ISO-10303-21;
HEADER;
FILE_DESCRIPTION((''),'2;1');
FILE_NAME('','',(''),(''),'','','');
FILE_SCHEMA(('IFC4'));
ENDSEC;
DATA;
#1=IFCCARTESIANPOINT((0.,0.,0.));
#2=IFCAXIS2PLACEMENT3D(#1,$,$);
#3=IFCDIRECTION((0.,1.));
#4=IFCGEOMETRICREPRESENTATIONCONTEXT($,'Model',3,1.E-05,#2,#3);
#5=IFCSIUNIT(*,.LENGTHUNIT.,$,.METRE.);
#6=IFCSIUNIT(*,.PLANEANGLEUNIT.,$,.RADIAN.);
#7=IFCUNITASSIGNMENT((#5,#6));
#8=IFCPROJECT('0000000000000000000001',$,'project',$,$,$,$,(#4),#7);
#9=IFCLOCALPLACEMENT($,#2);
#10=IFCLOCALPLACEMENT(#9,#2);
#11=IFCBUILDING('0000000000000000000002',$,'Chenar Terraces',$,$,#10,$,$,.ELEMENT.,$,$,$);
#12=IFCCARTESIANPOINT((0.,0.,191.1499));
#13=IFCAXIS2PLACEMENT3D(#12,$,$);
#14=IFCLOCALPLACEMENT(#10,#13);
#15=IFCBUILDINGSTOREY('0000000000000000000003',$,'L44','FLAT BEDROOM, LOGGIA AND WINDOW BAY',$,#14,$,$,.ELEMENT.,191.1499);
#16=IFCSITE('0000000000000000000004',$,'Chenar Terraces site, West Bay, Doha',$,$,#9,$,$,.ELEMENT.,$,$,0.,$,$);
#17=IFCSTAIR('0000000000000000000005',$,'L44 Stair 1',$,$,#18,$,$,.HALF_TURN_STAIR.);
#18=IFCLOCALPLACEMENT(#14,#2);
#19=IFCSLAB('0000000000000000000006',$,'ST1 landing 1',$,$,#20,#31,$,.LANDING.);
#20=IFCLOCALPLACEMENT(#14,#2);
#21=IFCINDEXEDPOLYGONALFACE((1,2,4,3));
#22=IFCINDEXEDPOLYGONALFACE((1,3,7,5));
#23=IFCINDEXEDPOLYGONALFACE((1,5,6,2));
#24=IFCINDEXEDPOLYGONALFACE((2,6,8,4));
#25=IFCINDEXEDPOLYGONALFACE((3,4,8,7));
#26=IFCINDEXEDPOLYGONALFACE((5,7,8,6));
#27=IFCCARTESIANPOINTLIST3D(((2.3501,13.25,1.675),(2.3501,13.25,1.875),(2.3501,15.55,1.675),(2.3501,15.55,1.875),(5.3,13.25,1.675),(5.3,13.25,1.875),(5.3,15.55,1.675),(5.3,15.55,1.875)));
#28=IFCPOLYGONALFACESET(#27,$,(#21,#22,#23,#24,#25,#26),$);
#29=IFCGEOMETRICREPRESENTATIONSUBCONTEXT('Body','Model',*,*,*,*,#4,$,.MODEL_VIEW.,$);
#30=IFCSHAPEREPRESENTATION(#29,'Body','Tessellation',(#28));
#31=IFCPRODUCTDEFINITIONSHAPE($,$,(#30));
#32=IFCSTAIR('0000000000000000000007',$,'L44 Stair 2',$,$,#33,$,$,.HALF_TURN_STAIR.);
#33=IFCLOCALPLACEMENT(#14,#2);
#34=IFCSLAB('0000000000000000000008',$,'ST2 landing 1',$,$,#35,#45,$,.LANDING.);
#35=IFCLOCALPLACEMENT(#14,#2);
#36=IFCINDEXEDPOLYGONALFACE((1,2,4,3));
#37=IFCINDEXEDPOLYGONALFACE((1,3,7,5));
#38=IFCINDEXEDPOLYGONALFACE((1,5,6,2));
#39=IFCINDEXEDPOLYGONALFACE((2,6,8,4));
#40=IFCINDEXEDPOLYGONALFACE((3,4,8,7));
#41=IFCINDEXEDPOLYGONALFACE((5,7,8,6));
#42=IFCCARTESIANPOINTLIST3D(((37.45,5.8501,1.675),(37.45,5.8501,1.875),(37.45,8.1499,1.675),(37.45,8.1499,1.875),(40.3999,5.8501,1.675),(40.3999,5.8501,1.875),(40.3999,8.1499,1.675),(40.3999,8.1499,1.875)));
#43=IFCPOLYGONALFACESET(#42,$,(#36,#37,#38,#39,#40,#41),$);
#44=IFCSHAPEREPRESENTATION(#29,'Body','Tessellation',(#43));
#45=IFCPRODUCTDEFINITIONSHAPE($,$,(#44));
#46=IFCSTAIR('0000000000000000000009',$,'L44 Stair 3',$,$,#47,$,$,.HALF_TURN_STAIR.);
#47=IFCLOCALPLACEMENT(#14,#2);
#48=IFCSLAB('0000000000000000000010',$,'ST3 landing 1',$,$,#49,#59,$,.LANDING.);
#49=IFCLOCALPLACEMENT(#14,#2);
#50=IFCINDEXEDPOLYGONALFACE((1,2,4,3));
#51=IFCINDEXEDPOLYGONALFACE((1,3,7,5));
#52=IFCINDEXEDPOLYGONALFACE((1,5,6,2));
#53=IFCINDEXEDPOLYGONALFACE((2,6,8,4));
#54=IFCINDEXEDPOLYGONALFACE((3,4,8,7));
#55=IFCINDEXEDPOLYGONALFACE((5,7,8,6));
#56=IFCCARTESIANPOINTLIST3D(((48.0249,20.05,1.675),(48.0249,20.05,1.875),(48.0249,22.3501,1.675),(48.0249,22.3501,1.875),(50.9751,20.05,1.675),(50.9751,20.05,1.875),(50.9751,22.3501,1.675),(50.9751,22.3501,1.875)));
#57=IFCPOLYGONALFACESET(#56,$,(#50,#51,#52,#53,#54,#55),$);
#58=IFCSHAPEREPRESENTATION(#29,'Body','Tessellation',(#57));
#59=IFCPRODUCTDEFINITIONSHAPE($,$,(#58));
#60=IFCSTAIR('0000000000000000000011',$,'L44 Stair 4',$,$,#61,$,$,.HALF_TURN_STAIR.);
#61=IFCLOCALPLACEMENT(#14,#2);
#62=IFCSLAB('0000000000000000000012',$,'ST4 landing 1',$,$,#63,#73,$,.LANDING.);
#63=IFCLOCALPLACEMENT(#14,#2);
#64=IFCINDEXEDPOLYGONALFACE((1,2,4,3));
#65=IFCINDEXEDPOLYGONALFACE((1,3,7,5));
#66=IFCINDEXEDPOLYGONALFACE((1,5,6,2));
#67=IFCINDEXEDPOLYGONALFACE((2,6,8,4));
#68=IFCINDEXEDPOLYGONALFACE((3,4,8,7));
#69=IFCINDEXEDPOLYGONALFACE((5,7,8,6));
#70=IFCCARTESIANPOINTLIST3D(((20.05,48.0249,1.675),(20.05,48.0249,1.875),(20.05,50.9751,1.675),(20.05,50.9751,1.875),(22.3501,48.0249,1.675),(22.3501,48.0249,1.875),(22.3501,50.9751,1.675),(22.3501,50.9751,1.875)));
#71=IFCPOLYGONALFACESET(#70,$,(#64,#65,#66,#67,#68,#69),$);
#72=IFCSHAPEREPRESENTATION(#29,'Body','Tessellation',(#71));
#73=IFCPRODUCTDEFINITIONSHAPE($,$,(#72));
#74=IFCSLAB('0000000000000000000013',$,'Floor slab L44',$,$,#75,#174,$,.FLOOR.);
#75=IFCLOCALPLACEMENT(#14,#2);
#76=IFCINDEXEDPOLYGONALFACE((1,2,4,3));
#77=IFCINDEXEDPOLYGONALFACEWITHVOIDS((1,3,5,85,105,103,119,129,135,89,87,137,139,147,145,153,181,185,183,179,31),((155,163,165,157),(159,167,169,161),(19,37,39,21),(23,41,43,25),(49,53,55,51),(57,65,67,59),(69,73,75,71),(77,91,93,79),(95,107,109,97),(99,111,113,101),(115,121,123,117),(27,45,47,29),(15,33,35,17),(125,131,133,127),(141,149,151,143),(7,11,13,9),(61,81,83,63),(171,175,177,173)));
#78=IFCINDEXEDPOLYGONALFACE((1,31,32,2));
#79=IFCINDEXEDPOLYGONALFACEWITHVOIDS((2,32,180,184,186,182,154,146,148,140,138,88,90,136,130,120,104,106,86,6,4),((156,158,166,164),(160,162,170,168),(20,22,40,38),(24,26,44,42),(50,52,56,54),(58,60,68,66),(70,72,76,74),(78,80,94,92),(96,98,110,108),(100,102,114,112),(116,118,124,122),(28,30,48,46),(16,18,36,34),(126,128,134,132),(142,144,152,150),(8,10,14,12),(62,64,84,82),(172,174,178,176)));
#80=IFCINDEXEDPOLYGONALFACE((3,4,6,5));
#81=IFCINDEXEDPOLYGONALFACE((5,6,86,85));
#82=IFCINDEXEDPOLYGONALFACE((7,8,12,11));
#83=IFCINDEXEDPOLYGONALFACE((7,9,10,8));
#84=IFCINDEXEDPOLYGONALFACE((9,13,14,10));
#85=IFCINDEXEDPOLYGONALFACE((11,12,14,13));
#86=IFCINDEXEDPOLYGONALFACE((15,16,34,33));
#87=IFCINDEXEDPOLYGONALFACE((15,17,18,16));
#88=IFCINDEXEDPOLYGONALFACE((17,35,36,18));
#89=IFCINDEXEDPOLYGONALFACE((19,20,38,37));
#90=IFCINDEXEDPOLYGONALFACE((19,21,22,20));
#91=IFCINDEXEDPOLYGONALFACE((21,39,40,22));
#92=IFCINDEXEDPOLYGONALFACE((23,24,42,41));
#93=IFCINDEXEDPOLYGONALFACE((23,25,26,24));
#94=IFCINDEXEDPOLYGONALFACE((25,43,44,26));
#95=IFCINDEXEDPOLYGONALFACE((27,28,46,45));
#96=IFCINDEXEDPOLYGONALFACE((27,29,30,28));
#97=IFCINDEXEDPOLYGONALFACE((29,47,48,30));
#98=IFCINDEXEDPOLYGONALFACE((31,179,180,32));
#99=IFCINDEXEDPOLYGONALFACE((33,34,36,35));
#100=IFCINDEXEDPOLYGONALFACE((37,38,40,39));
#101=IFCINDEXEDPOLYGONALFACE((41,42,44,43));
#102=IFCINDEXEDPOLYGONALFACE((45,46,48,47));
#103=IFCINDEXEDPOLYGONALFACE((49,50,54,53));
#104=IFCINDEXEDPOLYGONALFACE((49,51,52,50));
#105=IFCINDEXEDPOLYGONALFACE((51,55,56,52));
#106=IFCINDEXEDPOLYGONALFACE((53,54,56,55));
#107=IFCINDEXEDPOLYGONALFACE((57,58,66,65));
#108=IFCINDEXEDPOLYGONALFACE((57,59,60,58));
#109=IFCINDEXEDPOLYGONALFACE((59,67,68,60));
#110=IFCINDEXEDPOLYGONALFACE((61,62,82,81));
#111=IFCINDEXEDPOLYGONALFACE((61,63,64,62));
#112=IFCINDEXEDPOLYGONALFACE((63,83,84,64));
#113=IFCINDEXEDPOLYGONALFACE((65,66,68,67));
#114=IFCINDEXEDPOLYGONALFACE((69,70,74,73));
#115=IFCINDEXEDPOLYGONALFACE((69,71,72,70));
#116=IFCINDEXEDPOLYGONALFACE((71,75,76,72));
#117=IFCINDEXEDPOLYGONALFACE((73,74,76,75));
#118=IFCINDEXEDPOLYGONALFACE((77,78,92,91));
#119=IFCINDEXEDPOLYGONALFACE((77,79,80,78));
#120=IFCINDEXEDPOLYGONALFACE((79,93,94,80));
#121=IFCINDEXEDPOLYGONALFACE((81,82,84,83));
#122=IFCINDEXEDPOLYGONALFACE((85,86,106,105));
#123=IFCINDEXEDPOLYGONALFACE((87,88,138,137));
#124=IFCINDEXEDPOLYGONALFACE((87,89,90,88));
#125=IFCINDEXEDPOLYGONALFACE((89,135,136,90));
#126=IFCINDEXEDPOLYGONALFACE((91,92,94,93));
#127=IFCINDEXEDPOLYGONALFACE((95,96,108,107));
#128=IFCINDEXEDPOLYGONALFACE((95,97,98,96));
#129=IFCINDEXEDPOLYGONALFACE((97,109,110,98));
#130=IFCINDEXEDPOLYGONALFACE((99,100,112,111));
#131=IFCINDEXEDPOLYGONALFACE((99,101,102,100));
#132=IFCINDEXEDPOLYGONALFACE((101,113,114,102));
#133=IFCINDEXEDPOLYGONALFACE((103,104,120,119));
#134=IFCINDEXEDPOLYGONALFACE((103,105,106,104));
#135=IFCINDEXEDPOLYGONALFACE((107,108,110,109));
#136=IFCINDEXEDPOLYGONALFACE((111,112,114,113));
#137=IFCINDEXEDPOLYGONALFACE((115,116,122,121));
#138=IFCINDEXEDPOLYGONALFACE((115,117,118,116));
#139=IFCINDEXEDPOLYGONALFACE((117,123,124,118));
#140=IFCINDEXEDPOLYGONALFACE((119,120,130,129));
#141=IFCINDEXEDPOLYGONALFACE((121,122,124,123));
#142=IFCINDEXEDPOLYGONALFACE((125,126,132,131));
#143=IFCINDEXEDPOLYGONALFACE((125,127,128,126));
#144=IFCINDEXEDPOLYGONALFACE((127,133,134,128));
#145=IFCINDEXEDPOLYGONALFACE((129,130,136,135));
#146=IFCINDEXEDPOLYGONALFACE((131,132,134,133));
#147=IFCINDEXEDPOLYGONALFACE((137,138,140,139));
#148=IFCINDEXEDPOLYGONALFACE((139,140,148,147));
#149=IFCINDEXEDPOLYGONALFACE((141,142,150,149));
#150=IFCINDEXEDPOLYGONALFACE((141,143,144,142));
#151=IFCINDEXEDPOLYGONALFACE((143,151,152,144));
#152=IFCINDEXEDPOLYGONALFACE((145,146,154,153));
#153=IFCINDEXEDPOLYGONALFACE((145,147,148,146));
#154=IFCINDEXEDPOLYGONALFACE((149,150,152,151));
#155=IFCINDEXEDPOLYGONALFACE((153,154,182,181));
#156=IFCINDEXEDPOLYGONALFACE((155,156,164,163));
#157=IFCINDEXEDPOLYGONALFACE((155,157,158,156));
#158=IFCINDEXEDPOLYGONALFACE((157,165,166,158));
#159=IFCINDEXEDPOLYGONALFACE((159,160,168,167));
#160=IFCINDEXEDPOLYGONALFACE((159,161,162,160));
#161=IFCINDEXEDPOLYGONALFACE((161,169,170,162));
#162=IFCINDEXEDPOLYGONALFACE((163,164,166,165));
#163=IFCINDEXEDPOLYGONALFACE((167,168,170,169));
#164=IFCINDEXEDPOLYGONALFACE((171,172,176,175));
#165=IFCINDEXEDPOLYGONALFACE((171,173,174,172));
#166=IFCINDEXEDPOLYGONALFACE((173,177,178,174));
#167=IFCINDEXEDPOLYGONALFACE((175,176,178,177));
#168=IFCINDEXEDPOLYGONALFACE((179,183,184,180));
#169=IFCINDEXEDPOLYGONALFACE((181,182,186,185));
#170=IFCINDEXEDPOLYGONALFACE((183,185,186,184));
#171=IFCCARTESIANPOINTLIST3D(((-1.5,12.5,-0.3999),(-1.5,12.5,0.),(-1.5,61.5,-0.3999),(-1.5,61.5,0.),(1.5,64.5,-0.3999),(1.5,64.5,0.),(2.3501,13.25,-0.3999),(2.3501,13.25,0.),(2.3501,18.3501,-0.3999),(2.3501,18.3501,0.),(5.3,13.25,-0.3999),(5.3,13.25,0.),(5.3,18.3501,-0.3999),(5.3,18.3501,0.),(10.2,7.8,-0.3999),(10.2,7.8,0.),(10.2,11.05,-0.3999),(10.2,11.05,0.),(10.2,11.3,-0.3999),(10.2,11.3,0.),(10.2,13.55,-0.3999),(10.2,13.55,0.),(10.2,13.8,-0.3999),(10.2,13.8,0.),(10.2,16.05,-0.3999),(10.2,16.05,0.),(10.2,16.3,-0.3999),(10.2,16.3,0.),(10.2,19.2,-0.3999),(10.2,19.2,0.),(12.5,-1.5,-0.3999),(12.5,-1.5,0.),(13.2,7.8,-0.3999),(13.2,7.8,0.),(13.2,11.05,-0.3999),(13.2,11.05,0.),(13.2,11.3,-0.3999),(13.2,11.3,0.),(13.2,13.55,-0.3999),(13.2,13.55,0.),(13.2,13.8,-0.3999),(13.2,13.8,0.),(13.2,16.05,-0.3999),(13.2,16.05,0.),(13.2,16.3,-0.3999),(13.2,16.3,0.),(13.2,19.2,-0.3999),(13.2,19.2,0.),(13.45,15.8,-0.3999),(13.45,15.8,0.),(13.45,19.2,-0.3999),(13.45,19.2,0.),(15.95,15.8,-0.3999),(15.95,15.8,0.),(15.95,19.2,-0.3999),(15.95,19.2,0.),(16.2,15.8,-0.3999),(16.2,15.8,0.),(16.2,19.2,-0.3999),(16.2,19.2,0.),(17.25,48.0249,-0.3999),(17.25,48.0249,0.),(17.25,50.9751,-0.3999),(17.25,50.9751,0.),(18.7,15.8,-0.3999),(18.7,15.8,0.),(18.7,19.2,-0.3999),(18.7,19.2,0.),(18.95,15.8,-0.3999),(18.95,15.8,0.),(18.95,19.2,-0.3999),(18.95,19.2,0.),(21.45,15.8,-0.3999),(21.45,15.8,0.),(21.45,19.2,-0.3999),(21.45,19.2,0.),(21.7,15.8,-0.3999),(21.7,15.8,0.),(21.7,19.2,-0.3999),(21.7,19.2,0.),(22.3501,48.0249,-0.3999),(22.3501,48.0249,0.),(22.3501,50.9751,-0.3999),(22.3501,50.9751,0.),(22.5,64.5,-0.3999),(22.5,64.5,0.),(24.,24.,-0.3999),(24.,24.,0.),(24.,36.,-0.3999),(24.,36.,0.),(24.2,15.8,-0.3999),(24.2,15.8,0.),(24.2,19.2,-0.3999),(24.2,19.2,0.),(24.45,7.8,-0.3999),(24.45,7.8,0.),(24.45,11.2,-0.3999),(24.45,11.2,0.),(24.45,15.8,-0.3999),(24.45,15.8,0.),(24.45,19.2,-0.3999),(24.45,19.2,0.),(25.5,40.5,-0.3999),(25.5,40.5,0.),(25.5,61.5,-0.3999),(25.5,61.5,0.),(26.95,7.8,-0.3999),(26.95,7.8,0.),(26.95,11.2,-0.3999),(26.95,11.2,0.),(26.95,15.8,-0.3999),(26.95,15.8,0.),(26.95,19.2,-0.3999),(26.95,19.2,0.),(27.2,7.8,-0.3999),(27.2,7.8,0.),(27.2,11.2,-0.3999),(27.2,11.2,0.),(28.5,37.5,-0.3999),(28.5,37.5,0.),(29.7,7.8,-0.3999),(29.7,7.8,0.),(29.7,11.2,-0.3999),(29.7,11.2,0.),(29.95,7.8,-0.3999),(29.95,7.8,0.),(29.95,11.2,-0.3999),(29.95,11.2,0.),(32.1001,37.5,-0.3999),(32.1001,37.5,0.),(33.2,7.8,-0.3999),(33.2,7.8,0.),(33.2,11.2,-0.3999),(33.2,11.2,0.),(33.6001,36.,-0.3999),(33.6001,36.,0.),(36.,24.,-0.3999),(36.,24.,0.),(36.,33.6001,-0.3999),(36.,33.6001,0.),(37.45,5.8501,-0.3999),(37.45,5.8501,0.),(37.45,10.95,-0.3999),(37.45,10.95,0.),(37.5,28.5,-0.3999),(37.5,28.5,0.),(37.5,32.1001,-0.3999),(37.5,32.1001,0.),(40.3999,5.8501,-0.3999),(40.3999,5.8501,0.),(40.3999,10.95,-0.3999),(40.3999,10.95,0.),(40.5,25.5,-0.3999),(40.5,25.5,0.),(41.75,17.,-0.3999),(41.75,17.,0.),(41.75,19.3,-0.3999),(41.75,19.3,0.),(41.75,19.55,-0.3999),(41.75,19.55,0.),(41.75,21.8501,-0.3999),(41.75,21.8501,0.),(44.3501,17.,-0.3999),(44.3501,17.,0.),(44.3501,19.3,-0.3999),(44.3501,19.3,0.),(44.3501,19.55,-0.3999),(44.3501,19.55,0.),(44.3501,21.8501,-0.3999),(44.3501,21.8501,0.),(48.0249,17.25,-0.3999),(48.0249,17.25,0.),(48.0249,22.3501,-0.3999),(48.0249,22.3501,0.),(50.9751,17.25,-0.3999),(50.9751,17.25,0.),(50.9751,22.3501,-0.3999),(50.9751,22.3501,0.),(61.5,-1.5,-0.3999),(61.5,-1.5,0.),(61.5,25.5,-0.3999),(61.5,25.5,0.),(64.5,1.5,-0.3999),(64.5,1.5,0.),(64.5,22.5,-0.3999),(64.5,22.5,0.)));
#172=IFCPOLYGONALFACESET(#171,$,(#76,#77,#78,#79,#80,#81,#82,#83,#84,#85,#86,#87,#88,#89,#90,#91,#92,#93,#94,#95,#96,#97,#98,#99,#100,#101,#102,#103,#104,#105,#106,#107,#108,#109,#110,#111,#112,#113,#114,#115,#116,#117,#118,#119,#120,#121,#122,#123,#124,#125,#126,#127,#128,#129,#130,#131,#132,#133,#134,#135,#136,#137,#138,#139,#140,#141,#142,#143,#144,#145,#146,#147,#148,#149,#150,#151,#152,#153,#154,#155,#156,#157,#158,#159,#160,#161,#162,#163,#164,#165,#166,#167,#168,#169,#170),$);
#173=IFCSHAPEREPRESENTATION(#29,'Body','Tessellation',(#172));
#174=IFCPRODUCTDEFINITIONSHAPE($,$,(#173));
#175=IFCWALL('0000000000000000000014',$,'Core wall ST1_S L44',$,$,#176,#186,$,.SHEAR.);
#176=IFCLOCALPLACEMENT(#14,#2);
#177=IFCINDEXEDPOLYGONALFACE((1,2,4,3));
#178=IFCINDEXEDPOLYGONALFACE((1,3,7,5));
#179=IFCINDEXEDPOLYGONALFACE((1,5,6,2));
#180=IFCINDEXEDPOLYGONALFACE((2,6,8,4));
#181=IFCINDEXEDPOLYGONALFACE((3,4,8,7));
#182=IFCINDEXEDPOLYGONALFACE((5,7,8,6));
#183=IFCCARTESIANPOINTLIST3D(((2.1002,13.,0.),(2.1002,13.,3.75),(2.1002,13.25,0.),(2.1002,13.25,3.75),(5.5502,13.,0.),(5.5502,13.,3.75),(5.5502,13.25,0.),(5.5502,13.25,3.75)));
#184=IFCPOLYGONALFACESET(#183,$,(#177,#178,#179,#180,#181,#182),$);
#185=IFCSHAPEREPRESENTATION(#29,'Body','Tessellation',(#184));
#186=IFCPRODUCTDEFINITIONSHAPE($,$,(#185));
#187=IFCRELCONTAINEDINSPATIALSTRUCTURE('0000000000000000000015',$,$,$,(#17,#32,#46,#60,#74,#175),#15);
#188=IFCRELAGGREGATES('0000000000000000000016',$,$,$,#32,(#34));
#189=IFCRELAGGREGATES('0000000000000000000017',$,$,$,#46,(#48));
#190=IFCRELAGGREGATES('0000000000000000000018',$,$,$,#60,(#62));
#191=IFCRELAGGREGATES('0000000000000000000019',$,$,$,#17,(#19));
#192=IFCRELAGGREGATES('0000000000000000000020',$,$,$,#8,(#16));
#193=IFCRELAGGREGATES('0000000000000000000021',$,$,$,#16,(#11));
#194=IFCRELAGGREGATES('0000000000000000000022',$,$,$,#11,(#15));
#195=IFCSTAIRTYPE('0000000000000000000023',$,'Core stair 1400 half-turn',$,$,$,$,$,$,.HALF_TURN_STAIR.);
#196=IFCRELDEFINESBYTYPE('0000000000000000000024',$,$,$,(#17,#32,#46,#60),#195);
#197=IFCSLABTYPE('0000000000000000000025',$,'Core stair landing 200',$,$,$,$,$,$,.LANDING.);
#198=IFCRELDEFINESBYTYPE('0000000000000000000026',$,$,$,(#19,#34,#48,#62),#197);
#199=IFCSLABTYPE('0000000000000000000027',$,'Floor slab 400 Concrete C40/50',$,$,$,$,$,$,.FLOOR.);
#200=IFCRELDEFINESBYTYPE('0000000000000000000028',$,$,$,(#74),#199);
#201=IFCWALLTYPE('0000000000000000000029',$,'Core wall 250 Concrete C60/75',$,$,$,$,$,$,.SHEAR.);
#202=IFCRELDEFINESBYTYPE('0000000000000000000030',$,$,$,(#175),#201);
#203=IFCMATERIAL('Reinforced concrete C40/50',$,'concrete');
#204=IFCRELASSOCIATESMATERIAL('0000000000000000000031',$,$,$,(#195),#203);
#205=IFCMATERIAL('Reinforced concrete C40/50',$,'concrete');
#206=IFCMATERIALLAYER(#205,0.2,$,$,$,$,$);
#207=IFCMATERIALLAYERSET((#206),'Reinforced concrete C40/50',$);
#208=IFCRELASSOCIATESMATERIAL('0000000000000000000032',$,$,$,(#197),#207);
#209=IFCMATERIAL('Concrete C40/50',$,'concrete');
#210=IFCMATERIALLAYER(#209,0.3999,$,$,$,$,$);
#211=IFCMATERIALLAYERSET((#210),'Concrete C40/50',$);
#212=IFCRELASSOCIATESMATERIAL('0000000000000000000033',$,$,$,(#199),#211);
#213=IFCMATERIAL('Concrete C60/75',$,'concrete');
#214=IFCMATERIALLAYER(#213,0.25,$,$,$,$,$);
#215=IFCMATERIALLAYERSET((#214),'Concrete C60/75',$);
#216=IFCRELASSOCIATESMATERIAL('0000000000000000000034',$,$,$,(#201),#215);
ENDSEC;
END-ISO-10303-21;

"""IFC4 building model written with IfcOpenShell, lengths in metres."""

from ifc_helpers import new_model, si_unit, direction, frame, frame_2d, origin, place, context, subcontext, project, spatial, polyline, rectangle, outline, extrude, material, layer, layer_set, type_object, element, aggregate, save


model = new_model("IFC4")

# Units and contexts
model_context = context("Model", 3, precision=1e-05, world=origin(), true_north=direction((0.0, 1.0)))
body_context = subcontext(model_context, "Body", "Model", "MODEL_VIEW")
ifc_project = project(units=[si_unit("LENGTHUNIT", "METRE"), si_unit("PLANEANGLEUNIT", "RADIAN")], contexts=[model_context])

# Site, building, storey
site_placement = place(None, origin())
site = spatial("IfcSite", under=ifc_project, at=site_placement, Name="Chenar Terraces site, West Bay, Doha", CompositionType="ELEMENT", RefElevation=0.0)
building_placement = place(site_placement, origin())
building = spatial("IfcBuilding", under=site, at=building_placement, Name="Chenar Terraces", CompositionType="ELEMENT")
storey_placement = place(building_placement, frame((0.0, 0.0, 191.1499)))
storey = spatial("IfcBuildingStorey", under=building, at=storey_placement, Name="L44", Description="FLAT BEDROOM, LOGGIA AND WINDOW BAY", CompositionType="ELEMENT", Elevation=191.1499)

# Stairs, slabs
ifc_material_1 = material(Name="Reinforced concrete C40/50", Category="concrete")
stair_type = type_object("IfcStairType", Name="Core stair 1400 half-turn", PredefinedType="HALF_TURN_STAIR", material=ifc_material_1)
placement_1 = place(storey_placement, origin())
stair_1 = element("IfcStair", 1, at=placement_1, inside=storey, type_object=stair_type, Name="L44 Stair 1", PredefinedType="HALF_TURN_STAIR")
ifc_material_2 = material(Name="Reinforced concrete C40/50", Category="concrete")
ifc_layer_1 = layer(ifc_material_2, 0.2)
ifc_layer_set_1 = layer_set([ifc_layer_1], Name="Reinforced concrete C40/50")
slab_type_1 = type_object("IfcSlabType", Name="Core stair landing 200", PredefinedType="LANDING", material=ifc_layer_set_1)
placement_2 = place(storey_placement, frame((0.0, 0.0, 1.675)))
slab_1 = element("IfcSlab", 2, at=placement_2, type_object=slab_type_1, Name="ST1 landing 1", PredefinedType="LANDING", context=body_context, shape_type="SweptSolid", body=[
    extrude(outline(polyline([(2.3501, 15.55), (2.3501, 13.25), (5.3, 13.25), (5.3, 15.55), (2.3501, 15.55)])), origin(), (0.0, 0.0, 1.0), 0.2),
])
stair_2 = element("IfcStair", 3, at=placement_1, inside=storey, type_object=stair_type, Name="L44 Stair 2", PredefinedType="HALF_TURN_STAIR")
slab_2 = element("IfcSlab", 4, at=placement_2, type_object=slab_type_1, Name="ST2 landing 1", PredefinedType="LANDING", context=body_context, shape_type="SweptSolid", body=[
    extrude(outline(polyline([(37.45, 8.1499), (37.45, 5.8501), (40.3999, 5.8501), (40.3999, 8.1499), (37.45, 8.1499)])), origin(), (0.0, 0.0, 1.0), 0.2),
])
aggregate(stair_2, [slab_2])
stair_3 = element("IfcStair", 5, at=placement_1, inside=storey, type_object=stair_type, Name="L44 Stair 3", PredefinedType="HALF_TURN_STAIR")
slab_3 = element("IfcSlab", 6, at=placement_2, type_object=slab_type_1, Name="ST3 landing 1", PredefinedType="LANDING", context=body_context, shape_type="SweptSolid", body=[
    extrude(outline(polyline([(50.9751, 20.05), (50.9751, 22.3501), (48.0249, 22.3501), (48.0249, 20.05), (50.9751, 20.05)])), origin(), (0.0, 0.0, 1.0), 0.2),
])
aggregate(stair_3, [slab_3])
stair_4 = element("IfcStair", 7, at=placement_1, inside=storey, type_object=stair_type, Name="L44 Stair 4", PredefinedType="HALF_TURN_STAIR")
slab_4 = element("IfcSlab", 8, at=placement_2, type_object=slab_type_1, Name="ST4 landing 1", PredefinedType="LANDING", context=body_context, shape_type="SweptSolid", body=[
    extrude(outline(polyline([(20.05, 48.0249), (22.3501, 48.0249), (22.3501, 50.9751), (20.05, 50.9751), (20.05, 48.0249)])), origin(), (0.0, 0.0, 1.0), 0.2),
])
aggregate(stair_4, [slab_4])

# Slab
ifc_material_3 = material(Name="Concrete C40/50", Category="concrete")
ifc_layer_2 = layer(ifc_material_3, 0.3999)
ifc_layer_set_2 = layer_set([ifc_layer_2], Name="Concrete C40/50")
slab_type_2 = type_object("IfcSlabType", Name="Floor slab 400 Concrete C40/50", PredefinedType="FLOOR", material=ifc_layer_set_2)
slab_5_placement = place(storey_placement, frame((0.0, 0.0, -0.3999)))
element("IfcSlab", 9, at=slab_5_placement, inside=storey, type_object=slab_type_2, Name="Floor slab L44", PredefinedType="FLOOR", context=body_context, shape_type="SweptSolid", body=[
    extrude(outline(polyline([(64.5, 22.5), (64.5, 1.5), (61.5, -1.5), (12.5, -1.5), (-1.5, 12.5), (-1.5, 61.5), (1.5, 64.5), (22.5, 64.5), (25.5, 61.5), (25.5, 40.5), (28.5, 37.5), (32.1001, 37.5), (33.6001, 36.0), (24.0, 36.0), (24.0, 24.0), (36.0, 24.0), (36.0, 33.6001), (37.5, 32.1001), (37.5, 28.5), (40.5, 25.5), (61.5, 25.5), (64.5, 22.5)]), holes=[polyline([(13.2, 11.05), (10.2, 11.05), (10.2, 7.8), (13.2, 7.8), (13.2, 11.05)]), polyline([(13.2, 13.55), (10.2, 13.55), (10.2, 11.3), (13.2, 11.3), (13.2, 13.55)]), polyline([(13.2, 16.05), (10.2, 16.05), (10.2, 13.8), (13.2, 13.8), (13.2, 16.05)]), polyline([(2.3501, 13.25), (5.3, 13.25), (5.3, 18.3501), (2.3501, 18.3501), (2.3501, 13.25)]), polyline([(15.95, 19.2), (13.45, 19.2), (13.45, 15.8), (15.95, 15.8), (15.95, 19.2)]), polyline([(18.7, 19.2), (16.2, 19.2), (16.2, 15.8), (18.7, 15.8), (18.7, 19.2)]), polyline([(21.45, 19.2), (18.95, 19.2), (18.95, 15.8), (21.45, 15.8), (21.45, 19.2)]), polyline([(24.2, 15.8), (24.2, 19.2), (21.7, 19.2), (21.7, 15.8), (24.2, 15.8)]), polyline([(13.2, 16.3), (13.2, 19.2), (10.2, 19.2), (10.2, 16.3), (13.2, 16.3)]), polyline([(22.3501, 48.0249), (22.3501, 50.9751), (17.25, 50.9751), (17.25, 48.0249), (22.3501, 48.0249)]), polyline([(37.45, 5.8501), (40.3999, 5.8501), (40.3999, 10.95), (37.45, 10.95), (37.45, 5.8501)]), polyline([(26.95, 11.2), (24.45, 11.2), (24.45, 7.8), (26.95, 7.8), (26.95, 11.2)]), polyline([(29.7, 7.8), (29.7, 11.2), (27.2, 11.2), (27.2, 7.8), (29.7, 7.8)]), polyline([(33.2, 7.8), (33.2, 11.2), (29.95, 11.2), (29.95, 7.8), (33.2, 7.8)]), polyline([(26.95, 19.2), (24.45, 19.2), (24.45, 15.8), (26.95, 15.8), (26.95, 19.2)]), polyline([(44.3501, 19.3), (41.75, 19.3), (41.75, 17.0), (44.3501, 17.0), (44.3501, 19.3)]), polyline([(50.9751, 22.3501), (48.0249, 22.3501), (48.0249, 17.25), (50.9751, 17.25), (50.9751, 22.3501)]), polyline([(44.3501, 19.55), (44.3501, 21.8501), (41.75, 21.8501), (41.75, 19.55), (44.3501, 19.55)])]), origin(), (0.0, 0.0, 1.0), 0.3999),
])

# Wall
ifc_material_4 = material(Name="Concrete C60/75", Category="concrete")
ifc_layer_3 = layer(ifc_material_4, 0.25)
ifc_layer_set_3 = layer_set([ifc_layer_3], Name="Concrete C60/75")
wall_type_1 = type_object("IfcWallType", Name="Core wall 250 Concrete C60/75", PredefinedType="SHEAR", material=ifc_layer_set_3)
wall_1_placement = place(storey_placement, frame((2.1001, 13.125, 0.0), z_axis=(0.0, 0.0, 1.0), x_axis=(1.0, 0.0, 0.0)))
element("IfcWall", 10, at=wall_1_placement, inside=storey, type_object=wall_type_1, Name="Core wall ST1_S L44", PredefinedType="SHEAR", context=body_context, shape_type="SweptSolid", body=[
    extrude(rectangle(XDim=3.45, YDim=0.25, at=frame_2d((1.7251, 0.0))), origin(), (0.0, 0.0, 1.0), 3.75),
])

aggregate(stair_1, [slab_1])

save(model, "model.ifc")
